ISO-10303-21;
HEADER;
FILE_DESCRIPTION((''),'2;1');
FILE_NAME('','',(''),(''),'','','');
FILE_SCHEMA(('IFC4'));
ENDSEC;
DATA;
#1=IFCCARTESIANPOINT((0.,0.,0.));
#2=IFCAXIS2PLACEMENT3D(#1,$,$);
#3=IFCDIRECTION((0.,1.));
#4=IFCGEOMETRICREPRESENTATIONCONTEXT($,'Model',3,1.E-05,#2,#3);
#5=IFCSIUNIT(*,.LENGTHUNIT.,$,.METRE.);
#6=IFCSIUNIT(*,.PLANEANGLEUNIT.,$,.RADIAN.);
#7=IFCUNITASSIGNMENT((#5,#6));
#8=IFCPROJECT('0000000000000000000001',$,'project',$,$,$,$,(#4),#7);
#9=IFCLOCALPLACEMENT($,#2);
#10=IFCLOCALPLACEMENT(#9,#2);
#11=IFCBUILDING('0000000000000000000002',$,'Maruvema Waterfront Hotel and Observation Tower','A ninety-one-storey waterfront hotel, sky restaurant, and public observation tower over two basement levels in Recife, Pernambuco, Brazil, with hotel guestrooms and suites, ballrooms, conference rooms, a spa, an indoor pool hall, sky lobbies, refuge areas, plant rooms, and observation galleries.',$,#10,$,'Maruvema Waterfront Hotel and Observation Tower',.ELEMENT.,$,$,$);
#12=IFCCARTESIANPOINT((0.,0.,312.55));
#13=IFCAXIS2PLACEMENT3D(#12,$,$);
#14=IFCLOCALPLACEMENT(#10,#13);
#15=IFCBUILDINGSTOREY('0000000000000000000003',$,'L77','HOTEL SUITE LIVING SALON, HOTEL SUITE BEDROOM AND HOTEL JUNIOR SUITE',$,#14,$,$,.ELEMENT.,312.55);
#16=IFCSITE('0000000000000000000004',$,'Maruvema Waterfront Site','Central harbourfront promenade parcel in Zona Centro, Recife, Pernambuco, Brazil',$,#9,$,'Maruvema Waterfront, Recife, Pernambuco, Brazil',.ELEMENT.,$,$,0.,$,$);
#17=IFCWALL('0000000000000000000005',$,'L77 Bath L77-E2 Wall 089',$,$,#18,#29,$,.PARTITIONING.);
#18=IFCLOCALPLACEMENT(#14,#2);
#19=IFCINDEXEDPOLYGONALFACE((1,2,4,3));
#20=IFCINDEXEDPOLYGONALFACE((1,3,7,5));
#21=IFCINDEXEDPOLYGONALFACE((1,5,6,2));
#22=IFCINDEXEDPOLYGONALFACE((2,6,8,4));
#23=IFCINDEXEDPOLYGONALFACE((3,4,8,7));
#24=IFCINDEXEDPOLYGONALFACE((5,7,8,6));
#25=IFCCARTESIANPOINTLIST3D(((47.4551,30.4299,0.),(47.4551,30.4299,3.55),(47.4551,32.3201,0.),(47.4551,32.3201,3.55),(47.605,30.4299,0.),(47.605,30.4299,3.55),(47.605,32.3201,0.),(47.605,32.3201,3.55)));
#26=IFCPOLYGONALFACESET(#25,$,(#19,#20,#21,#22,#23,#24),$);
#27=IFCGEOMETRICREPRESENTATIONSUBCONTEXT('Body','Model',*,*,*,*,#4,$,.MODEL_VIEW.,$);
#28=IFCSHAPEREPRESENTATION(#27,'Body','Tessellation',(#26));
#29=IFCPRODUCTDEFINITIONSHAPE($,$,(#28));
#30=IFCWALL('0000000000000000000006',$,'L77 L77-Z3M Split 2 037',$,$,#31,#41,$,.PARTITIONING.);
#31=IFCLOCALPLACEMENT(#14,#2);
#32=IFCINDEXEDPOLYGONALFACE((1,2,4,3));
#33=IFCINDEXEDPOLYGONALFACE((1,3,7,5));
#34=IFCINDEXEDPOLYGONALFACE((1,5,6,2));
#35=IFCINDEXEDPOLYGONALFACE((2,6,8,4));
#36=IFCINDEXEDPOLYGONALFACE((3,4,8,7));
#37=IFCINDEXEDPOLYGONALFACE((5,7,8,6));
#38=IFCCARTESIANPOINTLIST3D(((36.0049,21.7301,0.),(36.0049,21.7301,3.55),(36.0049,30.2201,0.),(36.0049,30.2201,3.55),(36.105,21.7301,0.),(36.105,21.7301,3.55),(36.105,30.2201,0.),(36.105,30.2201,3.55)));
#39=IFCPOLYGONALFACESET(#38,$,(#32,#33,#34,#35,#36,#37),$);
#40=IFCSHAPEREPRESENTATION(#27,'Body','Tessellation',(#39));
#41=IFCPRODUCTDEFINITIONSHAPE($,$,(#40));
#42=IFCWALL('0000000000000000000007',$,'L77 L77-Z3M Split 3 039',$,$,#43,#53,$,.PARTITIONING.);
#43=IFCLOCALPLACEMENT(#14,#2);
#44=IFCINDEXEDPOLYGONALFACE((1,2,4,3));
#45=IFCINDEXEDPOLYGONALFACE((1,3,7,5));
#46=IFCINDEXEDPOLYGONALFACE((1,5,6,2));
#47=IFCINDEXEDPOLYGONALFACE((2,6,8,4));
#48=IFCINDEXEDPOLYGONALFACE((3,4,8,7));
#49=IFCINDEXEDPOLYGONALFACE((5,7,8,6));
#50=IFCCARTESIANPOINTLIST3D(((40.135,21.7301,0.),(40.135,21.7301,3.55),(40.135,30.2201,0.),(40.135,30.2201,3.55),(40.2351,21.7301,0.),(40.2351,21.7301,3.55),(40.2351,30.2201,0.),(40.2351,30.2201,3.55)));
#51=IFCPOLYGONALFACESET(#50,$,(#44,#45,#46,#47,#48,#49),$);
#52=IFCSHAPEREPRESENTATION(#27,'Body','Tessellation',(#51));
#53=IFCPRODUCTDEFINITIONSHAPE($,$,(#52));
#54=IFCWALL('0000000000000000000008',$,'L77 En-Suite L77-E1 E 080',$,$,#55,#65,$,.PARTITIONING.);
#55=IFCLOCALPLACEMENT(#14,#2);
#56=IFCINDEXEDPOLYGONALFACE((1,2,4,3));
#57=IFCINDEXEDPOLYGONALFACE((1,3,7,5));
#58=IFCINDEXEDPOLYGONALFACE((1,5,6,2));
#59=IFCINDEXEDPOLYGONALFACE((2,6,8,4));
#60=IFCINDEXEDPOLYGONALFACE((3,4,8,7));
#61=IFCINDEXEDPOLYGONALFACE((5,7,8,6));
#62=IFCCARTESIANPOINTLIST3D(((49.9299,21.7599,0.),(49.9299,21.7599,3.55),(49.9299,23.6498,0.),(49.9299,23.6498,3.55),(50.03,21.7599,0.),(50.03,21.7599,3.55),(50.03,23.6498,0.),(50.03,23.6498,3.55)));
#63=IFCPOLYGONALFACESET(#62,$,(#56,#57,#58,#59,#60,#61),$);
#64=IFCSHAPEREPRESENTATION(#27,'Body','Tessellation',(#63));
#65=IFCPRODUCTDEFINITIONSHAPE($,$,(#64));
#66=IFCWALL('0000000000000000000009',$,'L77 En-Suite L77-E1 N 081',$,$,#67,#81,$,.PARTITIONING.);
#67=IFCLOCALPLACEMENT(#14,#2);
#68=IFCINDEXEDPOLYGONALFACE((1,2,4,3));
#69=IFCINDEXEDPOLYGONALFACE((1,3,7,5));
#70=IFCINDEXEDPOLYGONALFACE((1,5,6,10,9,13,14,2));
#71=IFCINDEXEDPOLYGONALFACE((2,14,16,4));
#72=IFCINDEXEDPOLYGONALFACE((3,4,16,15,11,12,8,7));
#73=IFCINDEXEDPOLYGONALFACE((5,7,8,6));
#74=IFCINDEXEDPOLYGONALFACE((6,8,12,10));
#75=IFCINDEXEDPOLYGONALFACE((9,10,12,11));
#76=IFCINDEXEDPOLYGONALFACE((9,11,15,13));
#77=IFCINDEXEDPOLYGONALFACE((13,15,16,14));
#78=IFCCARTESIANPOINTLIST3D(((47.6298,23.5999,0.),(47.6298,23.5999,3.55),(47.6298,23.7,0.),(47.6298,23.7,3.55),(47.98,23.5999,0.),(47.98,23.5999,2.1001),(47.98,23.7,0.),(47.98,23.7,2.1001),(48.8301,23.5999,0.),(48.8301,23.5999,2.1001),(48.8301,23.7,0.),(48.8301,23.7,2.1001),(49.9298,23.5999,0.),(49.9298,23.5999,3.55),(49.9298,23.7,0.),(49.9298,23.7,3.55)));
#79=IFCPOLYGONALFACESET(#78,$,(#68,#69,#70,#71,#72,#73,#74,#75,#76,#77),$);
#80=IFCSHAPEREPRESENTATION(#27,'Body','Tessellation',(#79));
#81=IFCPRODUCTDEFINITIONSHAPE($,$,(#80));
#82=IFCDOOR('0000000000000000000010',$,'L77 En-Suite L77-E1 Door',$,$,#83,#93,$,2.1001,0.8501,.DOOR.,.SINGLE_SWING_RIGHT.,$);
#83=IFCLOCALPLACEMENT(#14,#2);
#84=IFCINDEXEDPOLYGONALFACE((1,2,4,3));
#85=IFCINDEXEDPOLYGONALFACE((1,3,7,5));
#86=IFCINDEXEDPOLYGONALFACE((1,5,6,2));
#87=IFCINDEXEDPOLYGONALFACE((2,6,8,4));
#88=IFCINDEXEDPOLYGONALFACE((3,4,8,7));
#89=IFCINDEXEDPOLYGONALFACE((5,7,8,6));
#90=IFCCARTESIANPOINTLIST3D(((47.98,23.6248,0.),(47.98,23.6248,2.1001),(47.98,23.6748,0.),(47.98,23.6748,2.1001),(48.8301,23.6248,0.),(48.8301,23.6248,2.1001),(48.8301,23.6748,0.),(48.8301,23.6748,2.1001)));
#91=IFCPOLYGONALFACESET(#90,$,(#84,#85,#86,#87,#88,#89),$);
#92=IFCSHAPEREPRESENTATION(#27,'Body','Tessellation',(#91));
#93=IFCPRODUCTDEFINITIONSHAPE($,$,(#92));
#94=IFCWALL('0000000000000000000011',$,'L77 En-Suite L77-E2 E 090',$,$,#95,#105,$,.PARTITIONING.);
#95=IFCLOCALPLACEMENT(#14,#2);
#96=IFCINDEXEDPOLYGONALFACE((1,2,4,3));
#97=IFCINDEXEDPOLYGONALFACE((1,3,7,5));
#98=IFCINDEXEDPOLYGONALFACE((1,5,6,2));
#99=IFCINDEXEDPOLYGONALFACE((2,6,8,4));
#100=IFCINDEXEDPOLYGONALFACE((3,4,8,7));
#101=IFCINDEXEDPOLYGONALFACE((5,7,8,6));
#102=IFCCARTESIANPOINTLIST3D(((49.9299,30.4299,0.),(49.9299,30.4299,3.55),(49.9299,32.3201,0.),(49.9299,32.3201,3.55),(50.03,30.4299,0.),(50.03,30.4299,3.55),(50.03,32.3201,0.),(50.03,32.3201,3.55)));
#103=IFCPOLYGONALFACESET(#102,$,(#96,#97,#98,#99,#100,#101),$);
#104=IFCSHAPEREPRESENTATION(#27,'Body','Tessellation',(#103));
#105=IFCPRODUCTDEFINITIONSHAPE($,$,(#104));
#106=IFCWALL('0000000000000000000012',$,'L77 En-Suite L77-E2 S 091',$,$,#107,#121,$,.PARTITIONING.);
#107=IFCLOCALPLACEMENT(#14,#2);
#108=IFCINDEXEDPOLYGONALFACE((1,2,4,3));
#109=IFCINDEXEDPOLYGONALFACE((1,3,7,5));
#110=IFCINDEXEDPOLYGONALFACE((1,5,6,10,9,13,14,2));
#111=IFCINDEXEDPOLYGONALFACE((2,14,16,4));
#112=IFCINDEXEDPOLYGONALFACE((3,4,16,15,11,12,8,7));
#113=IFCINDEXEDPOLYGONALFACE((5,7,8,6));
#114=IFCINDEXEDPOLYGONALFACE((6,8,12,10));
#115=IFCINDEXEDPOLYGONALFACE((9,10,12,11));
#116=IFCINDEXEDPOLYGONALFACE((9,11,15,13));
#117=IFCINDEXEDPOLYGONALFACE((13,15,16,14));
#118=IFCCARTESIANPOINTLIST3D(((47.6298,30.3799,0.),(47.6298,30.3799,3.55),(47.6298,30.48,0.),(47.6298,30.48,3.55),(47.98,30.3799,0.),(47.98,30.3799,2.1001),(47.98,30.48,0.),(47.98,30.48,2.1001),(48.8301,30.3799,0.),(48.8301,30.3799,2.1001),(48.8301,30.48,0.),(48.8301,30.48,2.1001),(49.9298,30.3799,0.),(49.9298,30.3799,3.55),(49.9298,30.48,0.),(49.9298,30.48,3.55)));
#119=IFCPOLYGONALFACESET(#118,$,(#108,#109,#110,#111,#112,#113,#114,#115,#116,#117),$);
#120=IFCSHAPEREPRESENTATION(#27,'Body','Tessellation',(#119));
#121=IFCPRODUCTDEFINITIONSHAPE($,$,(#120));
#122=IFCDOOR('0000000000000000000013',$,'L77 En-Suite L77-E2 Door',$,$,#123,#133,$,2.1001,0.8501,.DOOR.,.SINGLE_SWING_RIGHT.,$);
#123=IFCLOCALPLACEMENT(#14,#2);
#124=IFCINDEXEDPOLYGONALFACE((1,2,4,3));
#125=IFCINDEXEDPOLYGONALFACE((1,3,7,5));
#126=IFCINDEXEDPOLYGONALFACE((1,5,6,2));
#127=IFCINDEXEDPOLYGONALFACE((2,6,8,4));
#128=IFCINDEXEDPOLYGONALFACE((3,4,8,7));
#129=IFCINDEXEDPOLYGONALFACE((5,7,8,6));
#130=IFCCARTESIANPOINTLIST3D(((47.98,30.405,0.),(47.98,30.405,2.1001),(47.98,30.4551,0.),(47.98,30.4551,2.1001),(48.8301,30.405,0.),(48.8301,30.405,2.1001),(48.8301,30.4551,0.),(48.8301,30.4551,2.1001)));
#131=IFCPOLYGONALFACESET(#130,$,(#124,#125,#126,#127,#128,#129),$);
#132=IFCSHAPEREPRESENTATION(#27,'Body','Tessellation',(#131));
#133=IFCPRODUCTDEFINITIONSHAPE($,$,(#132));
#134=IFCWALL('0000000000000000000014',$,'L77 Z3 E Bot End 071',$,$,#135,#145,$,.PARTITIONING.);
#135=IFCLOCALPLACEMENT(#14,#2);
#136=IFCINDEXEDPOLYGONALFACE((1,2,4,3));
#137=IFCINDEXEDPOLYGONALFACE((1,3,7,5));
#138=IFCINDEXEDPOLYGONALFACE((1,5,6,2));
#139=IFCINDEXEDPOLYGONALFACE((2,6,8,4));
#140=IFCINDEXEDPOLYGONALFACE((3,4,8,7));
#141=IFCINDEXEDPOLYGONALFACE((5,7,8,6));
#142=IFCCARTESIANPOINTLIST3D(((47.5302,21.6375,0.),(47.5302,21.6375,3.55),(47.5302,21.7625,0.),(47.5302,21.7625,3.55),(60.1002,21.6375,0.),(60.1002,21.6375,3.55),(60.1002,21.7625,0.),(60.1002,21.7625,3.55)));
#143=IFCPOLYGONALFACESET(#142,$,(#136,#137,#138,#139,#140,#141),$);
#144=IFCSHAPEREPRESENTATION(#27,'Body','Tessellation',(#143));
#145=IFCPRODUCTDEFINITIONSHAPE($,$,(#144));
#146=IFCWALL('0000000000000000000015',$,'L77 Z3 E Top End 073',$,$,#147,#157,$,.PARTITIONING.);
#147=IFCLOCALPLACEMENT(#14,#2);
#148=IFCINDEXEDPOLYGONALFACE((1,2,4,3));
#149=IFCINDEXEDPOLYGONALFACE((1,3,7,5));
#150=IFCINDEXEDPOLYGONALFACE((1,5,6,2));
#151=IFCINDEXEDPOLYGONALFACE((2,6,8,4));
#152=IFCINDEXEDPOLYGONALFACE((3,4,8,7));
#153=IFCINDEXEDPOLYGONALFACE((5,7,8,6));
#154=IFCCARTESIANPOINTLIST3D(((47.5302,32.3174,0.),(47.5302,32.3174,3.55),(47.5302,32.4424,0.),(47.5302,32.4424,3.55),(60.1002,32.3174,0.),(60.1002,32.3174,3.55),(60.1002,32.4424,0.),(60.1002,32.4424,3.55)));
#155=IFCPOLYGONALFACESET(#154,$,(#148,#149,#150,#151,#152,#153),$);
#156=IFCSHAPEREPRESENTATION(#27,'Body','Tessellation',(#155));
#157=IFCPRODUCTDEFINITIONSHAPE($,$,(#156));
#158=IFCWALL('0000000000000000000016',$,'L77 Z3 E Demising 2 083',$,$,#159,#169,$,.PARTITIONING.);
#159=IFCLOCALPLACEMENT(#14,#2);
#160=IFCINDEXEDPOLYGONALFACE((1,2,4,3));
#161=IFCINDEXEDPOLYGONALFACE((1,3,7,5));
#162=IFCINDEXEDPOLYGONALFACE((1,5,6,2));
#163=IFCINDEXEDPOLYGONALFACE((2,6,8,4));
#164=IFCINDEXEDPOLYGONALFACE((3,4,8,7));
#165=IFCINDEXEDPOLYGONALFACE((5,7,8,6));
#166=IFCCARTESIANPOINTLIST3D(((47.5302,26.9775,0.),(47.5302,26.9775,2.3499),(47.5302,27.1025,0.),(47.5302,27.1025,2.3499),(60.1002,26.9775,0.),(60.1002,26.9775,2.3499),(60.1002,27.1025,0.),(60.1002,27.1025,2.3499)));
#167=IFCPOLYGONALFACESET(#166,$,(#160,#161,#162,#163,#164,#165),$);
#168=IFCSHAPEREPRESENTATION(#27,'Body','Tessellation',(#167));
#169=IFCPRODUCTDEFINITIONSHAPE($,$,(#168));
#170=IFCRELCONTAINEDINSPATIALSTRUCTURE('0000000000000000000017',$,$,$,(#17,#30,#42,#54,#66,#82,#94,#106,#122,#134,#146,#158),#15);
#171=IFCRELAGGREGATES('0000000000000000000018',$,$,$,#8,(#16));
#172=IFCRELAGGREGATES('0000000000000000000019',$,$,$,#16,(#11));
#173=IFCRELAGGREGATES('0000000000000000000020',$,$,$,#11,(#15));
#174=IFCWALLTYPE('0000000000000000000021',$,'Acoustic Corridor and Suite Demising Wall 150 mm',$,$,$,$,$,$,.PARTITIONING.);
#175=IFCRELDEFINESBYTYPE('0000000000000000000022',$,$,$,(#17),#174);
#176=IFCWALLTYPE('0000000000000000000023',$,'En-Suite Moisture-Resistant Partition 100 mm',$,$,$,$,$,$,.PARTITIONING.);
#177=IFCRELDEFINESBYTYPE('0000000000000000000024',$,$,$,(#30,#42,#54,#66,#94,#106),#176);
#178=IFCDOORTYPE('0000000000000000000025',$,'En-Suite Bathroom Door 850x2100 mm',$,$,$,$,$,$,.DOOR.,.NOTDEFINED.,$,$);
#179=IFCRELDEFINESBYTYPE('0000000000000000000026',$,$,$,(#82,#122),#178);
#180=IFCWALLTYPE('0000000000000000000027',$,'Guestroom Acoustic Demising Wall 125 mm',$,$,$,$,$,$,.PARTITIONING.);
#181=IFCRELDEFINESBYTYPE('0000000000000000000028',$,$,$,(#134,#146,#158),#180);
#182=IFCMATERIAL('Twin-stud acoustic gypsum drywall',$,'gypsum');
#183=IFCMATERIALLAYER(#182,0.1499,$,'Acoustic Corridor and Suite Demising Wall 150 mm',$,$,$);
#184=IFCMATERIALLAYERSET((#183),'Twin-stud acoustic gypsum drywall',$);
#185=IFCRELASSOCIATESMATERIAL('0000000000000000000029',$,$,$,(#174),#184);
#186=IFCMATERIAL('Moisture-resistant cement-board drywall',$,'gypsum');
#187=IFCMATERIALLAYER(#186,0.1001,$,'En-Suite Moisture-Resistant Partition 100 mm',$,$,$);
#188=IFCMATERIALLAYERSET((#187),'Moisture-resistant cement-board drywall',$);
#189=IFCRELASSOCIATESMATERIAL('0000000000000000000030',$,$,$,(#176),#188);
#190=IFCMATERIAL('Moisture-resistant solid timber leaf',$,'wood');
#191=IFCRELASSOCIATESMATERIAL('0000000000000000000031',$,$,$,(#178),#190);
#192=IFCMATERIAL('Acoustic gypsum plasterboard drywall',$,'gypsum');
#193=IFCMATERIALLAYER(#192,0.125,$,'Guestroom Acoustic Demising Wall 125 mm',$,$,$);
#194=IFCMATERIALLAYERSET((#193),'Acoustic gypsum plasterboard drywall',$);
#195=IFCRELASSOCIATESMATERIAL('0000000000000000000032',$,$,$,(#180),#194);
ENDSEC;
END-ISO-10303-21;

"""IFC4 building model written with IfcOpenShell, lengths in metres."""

from ifc_helpers import new_model, si_unit, direction, frame, frame_2d, origin, place, context, subcontext, project, spatial, rectangle, extrude, material, layer, layer_set, type_object, element, fill, save


model = new_model("IFC4")

# Units and contexts
model_context = context("Model", 3, precision=1e-05, world=origin(), true_north=direction((0.0, 1.0)))
body_context = subcontext(model_context, "Body", "Model", "MODEL_VIEW")
ifc_project = project(units=[si_unit("LENGTHUNIT", "METRE"), si_unit("PLANEANGLEUNIT", "RADIAN")], contexts=[model_context])

# Site, building, storey
site_placement = place(None, origin())
site = spatial("IfcSite", under=ifc_project, at=site_placement, Name="Maruvema Waterfront Site", Description="Central harbourfront promenade parcel in Zona Centro, Recife, Pernambuco, Brazil", LongName="Maruvema Waterfront, Recife, Pernambuco, Brazil", CompositionType="ELEMENT", RefElevation=0.0)
building_placement = place(site_placement, origin())
building = spatial("IfcBuilding", under=site, at=building_placement, Name="Maruvema Waterfront Hotel and Observation Tower", Description="A ninety-one-storey waterfront hotel, sky restaurant, and public observation tower over two basement levels in Recife, Pernambuco, Brazil, with hotel guestrooms and suites, ballrooms, conference rooms, a spa, an indoor pool hall, sky lobbies, refuge areas, plant rooms, and observation galleries.", LongName="Maruvema Waterfront Hotel and Observation Tower", CompositionType="ELEMENT")
storey_placement = place(building_placement, frame((0.0, 0.0, 312.55)))
storey = spatial("IfcBuildingStorey", under=building, at=storey_placement, Name="L77", Description="HOTEL SUITE LIVING SALON, HOTEL SUITE BEDROOM AND HOTEL JUNIOR SUITE", CompositionType="ELEMENT", Elevation=312.55)

# Shared definitions
ifc_material_1 = material(Name="Twin-stud acoustic gypsum drywall", Category="gypsum")
ifc_layer_1 = layer(ifc_material_1, 0.1499, Name="Acoustic Corridor and Suite Demising Wall 150 mm")
ifc_layer_set_1 = layer_set([ifc_layer_1], Name="Twin-stud acoustic gypsum drywall")
wall_type_1 = type_object("IfcWallType", Name="Acoustic Corridor and Suite Demising Wall 150 mm", PredefinedType="PARTITIONING", material=ifc_layer_set_1)

# Walls
wall_1_placement = place(storey_placement, frame((47.53, 30.4299, 0.0), z_axis=(0.0, 0.0, 1.0), x_axis=(0.0, 1.0, 0.0)))
element("IfcWall", 1, at=wall_1_placement, inside=storey, type_object=wall_type_1, Name="L77 Bath L77-E2 Wall 089", PredefinedType="PARTITIONING", context=body_context, shape_type="SweptSolid", body=[
    extrude(rectangle(XDim=1.8901, YDim=0.1499, at=frame_2d((0.9451, 0.0))), origin(), (0.0, 0.0, 1.0), 3.55),
])
ifc_material_2 = material(Name="Moisture-resistant cement-board drywall", Category="gypsum")
ifc_layer_2 = layer(ifc_material_2, 0.1001, Name="En-Suite Moisture-Resistant Partition 100 mm")
ifc_layer_set_2 = layer_set([ifc_layer_2], Name="Moisture-resistant cement-board drywall")
wall_type_2 = type_object("IfcWallType", Name="En-Suite Moisture-Resistant Partition 100 mm", PredefinedType="PARTITIONING", material=ifc_layer_set_2)
for number, where, z_axis, x_axis, name in (
    (2, (36.0549, 21.73, 0.0), (0.0, 0.0, 1.0), (0.0, 1.0, 0.0), "L77 L77-Z3M Split 2 037"),
    (3, (40.1851, 21.73, 0.0), (0.0, 0.0, 1.0), (0.0, 1.0, 0.0), "L77 L77-Z3M Split 3 039"),
):
    element("IfcWall", number, at=place(storey_placement, frame(where, z_axis=z_axis, x_axis=x_axis)), inside=storey, type_object=wall_type_2, Name=name, PredefinedType="PARTITIONING", context=body_context, shape_type="SweptSolid", body=[
        extrude(rectangle(XDim=8.49, YDim=0.1001, at=frame_2d((4.2451, 0.0))), origin(), (0.0, 0.0, 1.0), 3.55),
    ])
wall_2_placement = place(storey_placement, frame((49.98, 21.76, 0.0), z_axis=(0.0, 0.0, 1.0), x_axis=(0.0, 1.0, 0.0)))
element("IfcWall", 4, at=wall_2_placement, inside=storey, type_object=wall_type_2, Name="L77 En-Suite L77-E1 E 080", PredefinedType="PARTITIONING", context=body_context, shape_type="SweptSolid", body=[
    extrude(rectangle(XDim=1.8899, YDim=0.1001, at=frame_2d((0.9448, 0.0))), origin(), (0.0, 0.0, 1.0), 3.55),
])

# Wall, opening, door
wall_3_placement = place(storey_placement, frame((47.6299, 23.6499, 0.0), z_axis=(0.0, 0.0, 1.0), x_axis=(1.0, 0.0, 0.0)))
wall_3 = element("IfcWall", 5, at=wall_3_placement, inside=storey, type_object=wall_type_2, Name="L77 En-Suite L77-E1 N 081", PredefinedType="PARTITIONING", context=body_context, shape_type="SweptSolid", body=[
    extrude(rectangle(XDim=2.3, YDim=0.1001, at=frame_2d((1.1499, 0.0))), origin(), (0.0, 0.0, 1.0), 3.55),
])
opening_1_placement = place(wall_3_placement, frame((0.3501, 0.0, 0.0)))
opening_1 = element("IfcOpeningElement", 6, at=opening_1_placement, cuts=wall_3, PredefinedType="OPENING", context=body_context, shape_type="SweptSolid", body=[
    extrude(rectangle(XDim=0.8501, YDim=2.1001, at=frame_2d((0.425, 1.05))), frame((0.0, 0.0601, 0.0), z_axis=(0.0, -1.0, 0.0), x_axis=(1.0, 0.0, 0.0)), (0.0, 0.0, 1.0), 0.1201),
])
ifc_material_3 = material(Name="Moisture-resistant solid timber leaf", Category="wood")
door_type_1 = type_object("IfcDoorType", Name="En-Suite Bathroom Door 850x2100 mm", OperationType="NOTDEFINED", PredefinedType="DOOR", material=ifc_material_3)
door_1_placement = place(opening_1_placement, origin())
door_1 = element("IfcDoor", 7, at=door_1_placement, inside=storey, type_object=door_type_1, Name="L77 En-Suite L77-E1 Door", OperationType="SINGLE_SWING_RIGHT", OverallHeight=2.1001, OverallWidth=0.8501, PredefinedType="DOOR", context=body_context, shape_type="SweptSolid", body=[
    extrude(rectangle(XDim=0.8501, YDim=2.1001, at=frame_2d((0.425, 1.05))), frame((0.0, 0.0249, 0.0), z_axis=(0.0, -1.0, 0.0), x_axis=(1.0, 0.0, 0.0)), (0.0, 0.0, 1.0), 0.05),
])
fill(opening_1, door_1)

# Wall
wall_4_placement = place(storey_placement, frame((49.98, 30.4299, 0.0), z_axis=(0.0, 0.0, 1.0), x_axis=(0.0, 1.0, 0.0)))
element("IfcWall", 8, at=wall_4_placement, inside=storey, type_object=wall_type_2, Name="L77 En-Suite L77-E2 E 090", PredefinedType="PARTITIONING", context=body_context, shape_type="SweptSolid", body=[
    extrude(rectangle(XDim=1.8901, YDim=0.1001, at=frame_2d((0.9451, 0.0))), origin(), (0.0, 0.0, 1.0), 3.55),
])

# Wall, opening, door
wall_5_placement = place(storey_placement, frame((47.6299, 30.4299, 0.0), z_axis=(0.0, 0.0, 1.0), x_axis=(1.0, 0.0, 0.0)))
wall_5 = element("IfcWall", 9, at=wall_5_placement, inside=storey, type_object=wall_type_2, Name="L77 En-Suite L77-E2 S 091", PredefinedType="PARTITIONING", context=body_context, shape_type="SweptSolid", body=[
    extrude(rectangle(XDim=2.3, YDim=0.1001, at=frame_2d((1.1499, 0.0))), origin(), (0.0, 0.0, 1.0), 3.55),
])
opening_2_placement = place(wall_5_placement, frame((0.3501, 0.0, 0.0)))
opening_2 = element("IfcOpeningElement", 10, at=opening_2_placement, cuts=wall_5, PredefinedType="OPENING", context=body_context, shape_type="SweptSolid", body=[
    extrude(rectangle(XDim=0.8501, YDim=2.1001, at=frame_2d((0.425, 1.05))), frame((0.0, 0.0601, 0.0), z_axis=(0.0, -1.0, 0.0), x_axis=(1.0, 0.0, 0.0)), (0.0, 0.0, 1.0), 0.1201),
])
door_2_placement = place(opening_2_placement, frame((0.8501, 0.0, 0.0), z_axis=(0.0, 0.0, 1.0), x_axis=(-1.0, 0.0, 0.0)))
door_2 = element("IfcDoor", 11, at=door_2_placement, inside=storey, type_object=door_type_1, Name="L77 En-Suite L77-E2 Door", OperationType="SINGLE_SWING_RIGHT", OverallHeight=2.1001, OverallWidth=0.8501, PredefinedType="DOOR", context=body_context, shape_type="SweptSolid", body=[
    extrude(rectangle(XDim=0.8501, YDim=2.1001, at=frame_2d((0.425, 1.05))), frame((0.0, 0.0249, 0.0), z_axis=(0.0, -1.0, 0.0), x_axis=(1.0, 0.0, 0.0)), (0.0, 0.0, 1.0), 0.05),
])
fill(opening_2, door_2)

# Walls
ifc_material_4 = material(Name="Acoustic gypsum plasterboard drywall", Category="gypsum")
ifc_layer_3 = layer(ifc_material_4, 0.125, Name="Guestroom Acoustic Demising Wall 125 mm")
ifc_layer_set_3 = layer_set([ifc_layer_3], Name="Acoustic gypsum plasterboard drywall")
wall_type_3 = type_object("IfcWallType", Name="Guestroom Acoustic Demising Wall 125 mm", PredefinedType="PARTITIONING", material=ifc_layer_set_3)
for number, where, z_axis, x_axis, name in (
    (12, (47.53, 21.7, 0.0), (0.0, 0.0, 1.0), (1.0, 0.0, 0.0), "L77 Z3 E Bot End 071"),
    (13, (47.53, 32.3799, 0.0), (0.0, 0.0, 1.0), (1.0, 0.0, 0.0), "L77 Z3 E Top End 073"),
):
    element("IfcWall", number, at=place(storey_placement, frame(where, z_axis=z_axis, x_axis=x_axis)), inside=storey, type_object=wall_type_3, Name=name, PredefinedType="PARTITIONING", context=body_context, shape_type="SweptSolid", body=[
        extrude(rectangle(XDim=12.5701, YDim=0.125, at=frame_2d((6.2852, 0.0))), origin(), (0.0, 0.0, 1.0), 3.55),
    ])
wall_6_placement = place(storey_placement, frame((47.53, 27.04, 0.0), z_axis=(0.0, 0.0, 1.0), x_axis=(1.0, 0.0, 0.0)))
element("IfcWall", 14, at=wall_6_placement, inside=storey, type_object=wall_type_3, Name="L77 Z3 E Demising 2 083", PredefinedType="PARTITIONING", context=body_context, shape_type="SweptSolid", body=[
    extrude(rectangle(XDim=12.5701, YDim=0.125, at=frame_2d((6.2852, 0.0))), origin(), (0.0, 0.0, 1.0), 2.3499),
])

save(model, "model.ifc")
